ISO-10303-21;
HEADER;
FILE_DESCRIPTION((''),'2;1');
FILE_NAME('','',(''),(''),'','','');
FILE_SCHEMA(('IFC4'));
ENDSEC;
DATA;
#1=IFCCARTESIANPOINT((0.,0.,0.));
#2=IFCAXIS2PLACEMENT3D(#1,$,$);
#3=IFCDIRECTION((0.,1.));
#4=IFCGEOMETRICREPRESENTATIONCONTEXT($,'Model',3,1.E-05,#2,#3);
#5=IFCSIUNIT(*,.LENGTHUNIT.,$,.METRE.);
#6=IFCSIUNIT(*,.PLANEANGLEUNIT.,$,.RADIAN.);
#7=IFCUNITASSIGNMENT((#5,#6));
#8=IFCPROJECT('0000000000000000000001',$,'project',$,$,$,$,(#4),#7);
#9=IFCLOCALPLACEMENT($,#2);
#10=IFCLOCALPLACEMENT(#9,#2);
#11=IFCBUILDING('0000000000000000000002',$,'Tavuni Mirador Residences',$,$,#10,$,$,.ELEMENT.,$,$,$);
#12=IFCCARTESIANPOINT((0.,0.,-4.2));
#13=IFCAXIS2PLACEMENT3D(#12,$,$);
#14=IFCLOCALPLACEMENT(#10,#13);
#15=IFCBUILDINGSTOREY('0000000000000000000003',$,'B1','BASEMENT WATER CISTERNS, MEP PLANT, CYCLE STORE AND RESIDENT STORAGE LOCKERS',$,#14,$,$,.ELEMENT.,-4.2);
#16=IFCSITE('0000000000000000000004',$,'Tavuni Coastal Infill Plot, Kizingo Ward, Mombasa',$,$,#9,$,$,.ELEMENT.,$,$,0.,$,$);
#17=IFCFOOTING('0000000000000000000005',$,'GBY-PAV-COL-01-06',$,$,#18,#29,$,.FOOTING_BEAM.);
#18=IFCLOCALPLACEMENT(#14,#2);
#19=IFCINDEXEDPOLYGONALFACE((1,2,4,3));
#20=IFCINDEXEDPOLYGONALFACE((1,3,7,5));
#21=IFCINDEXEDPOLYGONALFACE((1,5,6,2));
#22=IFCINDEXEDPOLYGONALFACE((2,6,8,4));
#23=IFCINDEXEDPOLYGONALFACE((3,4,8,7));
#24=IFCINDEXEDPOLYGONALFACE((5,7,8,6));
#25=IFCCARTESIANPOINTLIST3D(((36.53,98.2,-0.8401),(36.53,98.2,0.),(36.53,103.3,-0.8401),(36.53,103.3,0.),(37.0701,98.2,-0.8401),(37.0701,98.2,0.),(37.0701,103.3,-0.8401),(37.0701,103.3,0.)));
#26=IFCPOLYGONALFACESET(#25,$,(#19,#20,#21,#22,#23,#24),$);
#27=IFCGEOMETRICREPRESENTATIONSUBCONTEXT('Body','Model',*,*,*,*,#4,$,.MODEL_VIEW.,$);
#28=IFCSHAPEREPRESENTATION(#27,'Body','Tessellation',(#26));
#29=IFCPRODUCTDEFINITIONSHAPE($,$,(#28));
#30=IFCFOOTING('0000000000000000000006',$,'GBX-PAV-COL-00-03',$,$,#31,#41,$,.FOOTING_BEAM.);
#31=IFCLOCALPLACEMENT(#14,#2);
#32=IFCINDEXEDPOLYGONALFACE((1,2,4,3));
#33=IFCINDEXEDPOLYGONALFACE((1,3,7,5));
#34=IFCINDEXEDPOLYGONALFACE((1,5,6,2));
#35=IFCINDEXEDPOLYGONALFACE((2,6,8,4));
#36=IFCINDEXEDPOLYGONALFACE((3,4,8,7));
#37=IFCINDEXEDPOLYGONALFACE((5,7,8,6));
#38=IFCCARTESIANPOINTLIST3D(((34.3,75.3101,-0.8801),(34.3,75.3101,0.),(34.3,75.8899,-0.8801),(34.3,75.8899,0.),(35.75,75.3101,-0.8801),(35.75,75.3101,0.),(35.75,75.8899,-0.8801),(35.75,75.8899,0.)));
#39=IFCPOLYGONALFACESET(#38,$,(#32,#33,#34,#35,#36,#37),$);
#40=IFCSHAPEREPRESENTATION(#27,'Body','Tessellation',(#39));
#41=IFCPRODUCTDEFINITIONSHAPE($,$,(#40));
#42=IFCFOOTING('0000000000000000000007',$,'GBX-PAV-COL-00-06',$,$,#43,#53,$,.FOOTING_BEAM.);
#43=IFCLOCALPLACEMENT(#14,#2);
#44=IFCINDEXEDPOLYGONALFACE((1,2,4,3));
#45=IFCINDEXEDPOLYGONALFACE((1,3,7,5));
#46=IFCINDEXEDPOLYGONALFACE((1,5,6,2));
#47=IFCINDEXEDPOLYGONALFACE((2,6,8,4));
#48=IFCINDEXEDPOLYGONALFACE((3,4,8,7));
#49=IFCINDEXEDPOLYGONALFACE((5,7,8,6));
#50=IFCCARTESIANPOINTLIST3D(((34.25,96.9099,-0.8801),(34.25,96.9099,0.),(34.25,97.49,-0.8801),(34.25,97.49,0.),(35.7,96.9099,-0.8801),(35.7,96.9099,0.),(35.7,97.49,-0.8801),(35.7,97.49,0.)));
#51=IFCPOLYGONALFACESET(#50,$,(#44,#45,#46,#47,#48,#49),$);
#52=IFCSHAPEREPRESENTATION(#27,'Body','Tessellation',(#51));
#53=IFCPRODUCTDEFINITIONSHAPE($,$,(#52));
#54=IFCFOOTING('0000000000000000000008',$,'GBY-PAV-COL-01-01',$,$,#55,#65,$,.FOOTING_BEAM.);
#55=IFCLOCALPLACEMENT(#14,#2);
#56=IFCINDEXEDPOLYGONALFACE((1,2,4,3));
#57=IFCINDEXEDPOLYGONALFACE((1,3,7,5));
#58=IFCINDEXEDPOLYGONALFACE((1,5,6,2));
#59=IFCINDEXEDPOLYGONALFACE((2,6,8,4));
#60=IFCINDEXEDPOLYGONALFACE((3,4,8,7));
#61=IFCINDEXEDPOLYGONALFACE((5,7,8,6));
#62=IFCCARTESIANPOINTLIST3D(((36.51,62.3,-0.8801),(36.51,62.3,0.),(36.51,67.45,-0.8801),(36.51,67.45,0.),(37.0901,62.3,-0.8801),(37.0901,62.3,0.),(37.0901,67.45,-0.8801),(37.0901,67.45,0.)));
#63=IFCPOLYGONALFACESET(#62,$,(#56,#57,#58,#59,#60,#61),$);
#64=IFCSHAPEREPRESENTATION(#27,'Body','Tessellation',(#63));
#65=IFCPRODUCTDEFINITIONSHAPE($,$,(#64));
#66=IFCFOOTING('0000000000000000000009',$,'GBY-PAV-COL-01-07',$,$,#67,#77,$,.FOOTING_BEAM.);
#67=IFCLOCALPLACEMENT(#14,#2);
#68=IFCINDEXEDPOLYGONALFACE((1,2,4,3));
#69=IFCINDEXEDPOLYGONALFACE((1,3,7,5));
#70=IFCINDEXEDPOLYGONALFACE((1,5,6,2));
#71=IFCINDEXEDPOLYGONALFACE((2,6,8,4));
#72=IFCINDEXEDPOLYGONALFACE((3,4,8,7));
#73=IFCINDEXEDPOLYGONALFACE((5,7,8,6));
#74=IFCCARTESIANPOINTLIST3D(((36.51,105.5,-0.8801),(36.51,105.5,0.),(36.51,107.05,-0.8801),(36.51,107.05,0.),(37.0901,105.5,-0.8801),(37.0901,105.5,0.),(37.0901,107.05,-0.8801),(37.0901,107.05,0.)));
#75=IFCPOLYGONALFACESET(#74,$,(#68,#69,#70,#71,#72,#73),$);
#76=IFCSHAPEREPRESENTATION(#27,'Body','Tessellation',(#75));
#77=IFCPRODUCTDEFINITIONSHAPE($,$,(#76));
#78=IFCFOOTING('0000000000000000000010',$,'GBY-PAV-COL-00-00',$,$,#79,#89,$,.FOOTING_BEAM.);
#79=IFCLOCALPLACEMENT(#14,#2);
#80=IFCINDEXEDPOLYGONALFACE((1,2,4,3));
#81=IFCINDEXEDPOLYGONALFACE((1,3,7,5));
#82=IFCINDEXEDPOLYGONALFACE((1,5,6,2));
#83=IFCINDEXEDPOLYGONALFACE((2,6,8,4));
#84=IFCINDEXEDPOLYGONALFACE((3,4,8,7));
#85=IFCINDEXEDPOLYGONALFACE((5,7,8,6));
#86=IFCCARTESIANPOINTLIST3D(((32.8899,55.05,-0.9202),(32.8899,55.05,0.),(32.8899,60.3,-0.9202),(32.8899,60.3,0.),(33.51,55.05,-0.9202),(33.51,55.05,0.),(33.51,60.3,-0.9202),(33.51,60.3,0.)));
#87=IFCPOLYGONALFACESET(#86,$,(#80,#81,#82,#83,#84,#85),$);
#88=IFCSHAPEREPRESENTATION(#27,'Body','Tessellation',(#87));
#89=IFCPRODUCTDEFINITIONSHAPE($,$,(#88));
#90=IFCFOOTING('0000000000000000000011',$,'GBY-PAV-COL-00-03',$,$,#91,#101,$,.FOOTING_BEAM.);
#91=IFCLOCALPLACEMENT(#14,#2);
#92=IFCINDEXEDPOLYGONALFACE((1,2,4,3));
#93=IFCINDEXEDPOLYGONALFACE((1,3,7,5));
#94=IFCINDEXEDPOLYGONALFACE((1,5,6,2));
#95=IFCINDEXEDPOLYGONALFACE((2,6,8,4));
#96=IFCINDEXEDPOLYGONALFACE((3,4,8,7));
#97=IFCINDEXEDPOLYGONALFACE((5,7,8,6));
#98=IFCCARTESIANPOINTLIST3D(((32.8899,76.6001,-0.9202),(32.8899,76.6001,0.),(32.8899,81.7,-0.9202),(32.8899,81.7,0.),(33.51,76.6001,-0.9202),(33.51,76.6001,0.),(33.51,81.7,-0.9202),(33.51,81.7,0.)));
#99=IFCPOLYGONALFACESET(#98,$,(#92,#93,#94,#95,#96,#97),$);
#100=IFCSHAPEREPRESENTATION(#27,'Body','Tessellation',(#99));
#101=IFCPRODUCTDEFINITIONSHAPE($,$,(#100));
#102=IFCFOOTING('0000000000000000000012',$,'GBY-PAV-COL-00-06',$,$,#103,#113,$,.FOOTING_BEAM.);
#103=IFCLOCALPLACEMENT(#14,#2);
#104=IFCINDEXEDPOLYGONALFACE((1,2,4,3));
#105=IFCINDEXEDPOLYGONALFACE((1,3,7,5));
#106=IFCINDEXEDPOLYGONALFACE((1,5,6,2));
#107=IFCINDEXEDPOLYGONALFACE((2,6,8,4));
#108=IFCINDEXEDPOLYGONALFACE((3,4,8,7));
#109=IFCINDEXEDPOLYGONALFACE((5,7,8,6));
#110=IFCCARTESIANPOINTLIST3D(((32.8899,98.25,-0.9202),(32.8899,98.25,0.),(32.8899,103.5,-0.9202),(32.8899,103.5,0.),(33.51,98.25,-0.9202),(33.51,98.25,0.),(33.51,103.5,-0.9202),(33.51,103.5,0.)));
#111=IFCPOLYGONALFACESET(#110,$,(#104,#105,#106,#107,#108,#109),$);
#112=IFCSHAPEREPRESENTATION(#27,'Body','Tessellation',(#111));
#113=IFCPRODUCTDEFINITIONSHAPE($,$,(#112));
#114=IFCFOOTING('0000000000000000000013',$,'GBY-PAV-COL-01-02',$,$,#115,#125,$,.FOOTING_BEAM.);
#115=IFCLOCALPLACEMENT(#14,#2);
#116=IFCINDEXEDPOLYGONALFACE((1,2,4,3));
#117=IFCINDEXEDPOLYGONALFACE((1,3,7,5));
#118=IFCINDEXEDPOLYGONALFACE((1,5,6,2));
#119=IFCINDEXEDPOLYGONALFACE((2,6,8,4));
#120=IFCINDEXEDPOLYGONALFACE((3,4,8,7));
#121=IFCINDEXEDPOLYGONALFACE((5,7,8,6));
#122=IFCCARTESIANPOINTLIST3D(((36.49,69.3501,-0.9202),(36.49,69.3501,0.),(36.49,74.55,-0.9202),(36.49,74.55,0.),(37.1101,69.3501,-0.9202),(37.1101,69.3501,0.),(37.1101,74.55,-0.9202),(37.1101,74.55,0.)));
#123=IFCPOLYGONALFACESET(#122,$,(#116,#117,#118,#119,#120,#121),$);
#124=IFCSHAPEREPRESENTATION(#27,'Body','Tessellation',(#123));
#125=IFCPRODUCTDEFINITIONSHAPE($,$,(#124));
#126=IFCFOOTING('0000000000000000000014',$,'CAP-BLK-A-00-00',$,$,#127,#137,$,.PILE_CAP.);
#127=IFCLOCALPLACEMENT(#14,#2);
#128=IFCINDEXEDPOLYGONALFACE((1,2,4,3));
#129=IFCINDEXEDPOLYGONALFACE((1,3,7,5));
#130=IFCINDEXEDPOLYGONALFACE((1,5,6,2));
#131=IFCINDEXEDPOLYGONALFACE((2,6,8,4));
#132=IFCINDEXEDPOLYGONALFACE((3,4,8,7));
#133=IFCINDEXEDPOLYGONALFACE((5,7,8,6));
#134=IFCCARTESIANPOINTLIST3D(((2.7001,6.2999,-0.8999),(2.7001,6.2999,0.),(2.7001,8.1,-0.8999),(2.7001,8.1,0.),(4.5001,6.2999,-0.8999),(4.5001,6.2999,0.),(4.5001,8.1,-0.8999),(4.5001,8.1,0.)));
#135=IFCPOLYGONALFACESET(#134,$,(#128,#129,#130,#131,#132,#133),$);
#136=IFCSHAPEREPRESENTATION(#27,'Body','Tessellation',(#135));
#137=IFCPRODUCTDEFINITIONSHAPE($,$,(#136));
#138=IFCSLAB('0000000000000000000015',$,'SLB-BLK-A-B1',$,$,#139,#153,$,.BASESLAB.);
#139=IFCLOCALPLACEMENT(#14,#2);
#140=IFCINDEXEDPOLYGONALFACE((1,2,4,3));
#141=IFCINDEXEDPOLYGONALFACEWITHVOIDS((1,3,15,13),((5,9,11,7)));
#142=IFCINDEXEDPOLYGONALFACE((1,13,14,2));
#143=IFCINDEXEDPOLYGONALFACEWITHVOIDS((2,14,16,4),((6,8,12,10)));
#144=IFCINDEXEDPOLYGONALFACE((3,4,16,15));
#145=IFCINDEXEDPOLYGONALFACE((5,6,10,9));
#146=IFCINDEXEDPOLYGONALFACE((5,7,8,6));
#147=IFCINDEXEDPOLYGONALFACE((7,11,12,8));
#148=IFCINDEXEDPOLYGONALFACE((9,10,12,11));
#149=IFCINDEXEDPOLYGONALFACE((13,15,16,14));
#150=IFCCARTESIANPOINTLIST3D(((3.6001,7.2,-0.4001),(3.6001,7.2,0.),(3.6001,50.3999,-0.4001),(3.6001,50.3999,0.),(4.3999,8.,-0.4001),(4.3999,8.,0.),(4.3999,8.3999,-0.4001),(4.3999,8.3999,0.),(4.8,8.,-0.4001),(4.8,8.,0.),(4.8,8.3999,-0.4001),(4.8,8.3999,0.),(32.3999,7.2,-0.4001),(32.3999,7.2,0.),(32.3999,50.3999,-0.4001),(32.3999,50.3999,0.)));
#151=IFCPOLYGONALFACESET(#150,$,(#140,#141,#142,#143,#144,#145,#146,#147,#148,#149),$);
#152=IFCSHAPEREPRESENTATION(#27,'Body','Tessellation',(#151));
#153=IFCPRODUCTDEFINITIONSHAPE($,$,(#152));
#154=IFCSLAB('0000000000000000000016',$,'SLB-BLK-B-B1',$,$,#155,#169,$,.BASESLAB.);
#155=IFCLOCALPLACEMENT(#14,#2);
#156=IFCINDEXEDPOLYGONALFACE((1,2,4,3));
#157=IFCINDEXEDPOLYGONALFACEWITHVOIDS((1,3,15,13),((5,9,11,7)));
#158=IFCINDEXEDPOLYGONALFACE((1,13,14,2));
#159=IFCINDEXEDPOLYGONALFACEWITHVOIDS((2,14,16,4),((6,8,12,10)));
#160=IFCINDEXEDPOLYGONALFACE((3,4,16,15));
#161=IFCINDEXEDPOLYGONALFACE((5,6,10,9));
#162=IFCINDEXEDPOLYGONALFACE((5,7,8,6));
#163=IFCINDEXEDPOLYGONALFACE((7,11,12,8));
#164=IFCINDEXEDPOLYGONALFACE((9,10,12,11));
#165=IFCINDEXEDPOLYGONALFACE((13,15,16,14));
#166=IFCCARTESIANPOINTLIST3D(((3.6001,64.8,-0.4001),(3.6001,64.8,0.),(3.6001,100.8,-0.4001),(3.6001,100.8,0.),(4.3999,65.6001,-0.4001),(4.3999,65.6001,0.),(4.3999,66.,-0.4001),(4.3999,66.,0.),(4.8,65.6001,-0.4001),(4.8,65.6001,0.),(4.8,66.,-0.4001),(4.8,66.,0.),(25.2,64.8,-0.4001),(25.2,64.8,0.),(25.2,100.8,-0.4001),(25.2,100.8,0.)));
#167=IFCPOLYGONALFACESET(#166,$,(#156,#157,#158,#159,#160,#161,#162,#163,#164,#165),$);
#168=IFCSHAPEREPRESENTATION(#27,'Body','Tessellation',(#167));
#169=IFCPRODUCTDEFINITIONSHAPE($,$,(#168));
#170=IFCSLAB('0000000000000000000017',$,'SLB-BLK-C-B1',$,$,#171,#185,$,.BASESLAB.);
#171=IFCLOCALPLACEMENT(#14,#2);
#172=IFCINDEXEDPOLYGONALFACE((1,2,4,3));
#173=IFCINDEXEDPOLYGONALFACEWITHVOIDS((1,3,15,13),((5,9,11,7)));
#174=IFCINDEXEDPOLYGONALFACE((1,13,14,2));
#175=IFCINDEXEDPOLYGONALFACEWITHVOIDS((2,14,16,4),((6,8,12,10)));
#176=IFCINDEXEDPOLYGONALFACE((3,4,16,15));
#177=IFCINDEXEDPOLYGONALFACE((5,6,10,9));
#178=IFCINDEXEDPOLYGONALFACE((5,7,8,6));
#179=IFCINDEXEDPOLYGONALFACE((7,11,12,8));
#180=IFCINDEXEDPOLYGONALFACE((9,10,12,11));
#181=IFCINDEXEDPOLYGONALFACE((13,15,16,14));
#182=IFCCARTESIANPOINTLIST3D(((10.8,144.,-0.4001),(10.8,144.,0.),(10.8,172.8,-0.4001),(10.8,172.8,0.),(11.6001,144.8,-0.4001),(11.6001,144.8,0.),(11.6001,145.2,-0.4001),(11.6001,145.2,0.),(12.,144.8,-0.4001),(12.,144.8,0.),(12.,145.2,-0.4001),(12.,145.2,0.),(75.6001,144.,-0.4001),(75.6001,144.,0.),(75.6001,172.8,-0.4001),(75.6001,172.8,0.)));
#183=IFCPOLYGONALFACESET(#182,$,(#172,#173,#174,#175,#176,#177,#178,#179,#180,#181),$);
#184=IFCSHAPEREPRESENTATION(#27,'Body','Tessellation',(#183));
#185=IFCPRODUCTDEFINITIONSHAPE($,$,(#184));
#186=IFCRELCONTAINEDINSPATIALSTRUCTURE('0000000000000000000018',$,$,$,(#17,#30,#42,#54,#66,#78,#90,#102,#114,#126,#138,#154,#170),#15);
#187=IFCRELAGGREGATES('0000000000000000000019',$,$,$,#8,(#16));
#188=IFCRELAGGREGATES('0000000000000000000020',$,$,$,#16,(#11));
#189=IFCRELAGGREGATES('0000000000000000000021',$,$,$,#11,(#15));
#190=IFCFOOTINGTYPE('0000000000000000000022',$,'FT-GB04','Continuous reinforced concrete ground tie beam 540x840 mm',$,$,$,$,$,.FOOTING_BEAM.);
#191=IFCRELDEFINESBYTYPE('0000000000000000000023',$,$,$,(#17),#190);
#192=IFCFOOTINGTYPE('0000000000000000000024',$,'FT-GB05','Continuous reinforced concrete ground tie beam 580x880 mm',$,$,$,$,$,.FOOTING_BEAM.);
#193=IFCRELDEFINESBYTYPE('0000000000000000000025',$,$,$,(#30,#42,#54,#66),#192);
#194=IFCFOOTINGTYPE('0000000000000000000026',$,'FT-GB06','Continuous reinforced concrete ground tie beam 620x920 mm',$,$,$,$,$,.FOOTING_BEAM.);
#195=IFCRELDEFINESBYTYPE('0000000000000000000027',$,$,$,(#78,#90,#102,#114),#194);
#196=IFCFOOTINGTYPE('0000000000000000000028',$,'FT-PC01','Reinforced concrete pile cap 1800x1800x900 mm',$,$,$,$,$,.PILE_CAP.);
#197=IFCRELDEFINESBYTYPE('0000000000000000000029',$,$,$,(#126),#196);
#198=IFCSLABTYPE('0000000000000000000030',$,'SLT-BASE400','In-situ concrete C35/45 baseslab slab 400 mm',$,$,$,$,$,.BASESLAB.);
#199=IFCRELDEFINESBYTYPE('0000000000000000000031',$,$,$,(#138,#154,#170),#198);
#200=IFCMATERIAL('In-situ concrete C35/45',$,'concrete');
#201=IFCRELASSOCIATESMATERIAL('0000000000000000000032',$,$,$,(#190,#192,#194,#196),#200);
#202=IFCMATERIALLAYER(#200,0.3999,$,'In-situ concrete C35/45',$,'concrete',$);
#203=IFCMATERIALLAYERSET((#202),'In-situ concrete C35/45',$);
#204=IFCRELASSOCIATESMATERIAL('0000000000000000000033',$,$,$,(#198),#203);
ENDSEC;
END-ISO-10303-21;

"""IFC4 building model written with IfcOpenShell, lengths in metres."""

from ifc_helpers import new_model, si_unit, direction, frame, origin, origin_2d, place, context, subcontext, project, spatial, polyline, rectangle, outline, extrude, material, layer, layer_set, type_object, element, save


model = new_model("IFC4")

# Units and contexts
model_context = context("Model", 3, precision=1e-05, world=origin(), true_north=direction((0.0, 1.0)))
body_context = subcontext(model_context, "Body", "Model", "MODEL_VIEW")
ifc_project = project(units=[si_unit("LENGTHUNIT", "METRE"), si_unit("PLANEANGLEUNIT", "RADIAN")], contexts=[model_context])

# Site, building, storey
site_placement = place(None, origin())
site = spatial("IfcSite", under=ifc_project, at=site_placement, Name="Tavuni Coastal Infill Plot, Kizingo Ward, Mombasa", CompositionType="ELEMENT", RefElevation=0.0)
building_placement = place(site_placement, origin())
building = spatial("IfcBuilding", under=site, at=building_placement, Name="Tavuni Mirador Residences", CompositionType="ELEMENT")
storey_placement = place(building_placement, frame((0.0, 0.0, -4.2)))
storey = spatial("IfcBuildingStorey", under=building, at=storey_placement, Name="B1", Description="BASEMENT WATER CISTERNS, MEP PLANT, CYCLE STORE AND RESIDENT STORAGE LOCKERS", CompositionType="ELEMENT", Elevation=-4.2)

# Footings
ifc_material_1 = material(Name="In-situ concrete C35/45", Category="concrete")
footing_type_1 = type_object("IfcFootingType", Name="FT-GB04", Description="Continuous reinforced concrete ground tie beam 540x840 mm", PredefinedType="FOOTING_BEAM", material=ifc_material_1)
footing_1_placement = place(storey_placement, frame((0.0, 0.0, -0.8401)))
element("IfcFooting", 1, at=footing_1_placement, inside=storey, type_object=footing_type_1, Name="GBY-PAV-COL-01-06", PredefinedType="FOOTING_BEAM", context=body_context, shape_type="SweptSolid", body=[
    extrude(outline(polyline([(36.53, 98.2), (37.0701, 98.2), (37.0701, 103.3), (36.53, 103.3), (36.53, 98.2)])), origin(), (0.0, 0.0, 1.0), 0.8401),
])
footing_type_2 = type_object("IfcFootingType", Name="FT-GB05", Description="Continuous reinforced concrete ground tie beam 580x880 mm", PredefinedType="FOOTING_BEAM", material=ifc_material_1)
footing_2_placement = place(storey_placement, frame((0.0, 0.0, -0.8801)))
element("IfcFooting", 2, at=footing_2_placement, inside=storey, type_object=footing_type_2, Name="GBX-PAV-COL-00-03", PredefinedType="FOOTING_BEAM", context=body_context, shape_type="SweptSolid", body=[
    extrude(outline(polyline([(34.3, 75.3101), (35.75, 75.3101), (35.75, 75.8899), (34.3, 75.8899), (34.3, 75.3101)])), origin(), (0.0, 0.0, 1.0), 0.8801),
])
footing_3_placement = place(storey_placement, frame((0.0, 0.0, -0.8801)))
element("IfcFooting", 3, at=footing_3_placement, inside=storey, type_object=footing_type_2, Name="GBX-PAV-COL-00-06", PredefinedType="FOOTING_BEAM", context=body_context, shape_type="SweptSolid", body=[
    extrude(outline(polyline([(34.25, 96.9099), (35.7, 96.9099), (35.7, 97.49), (34.25, 97.49), (34.25, 96.9099)])), origin(), (0.0, 0.0, 1.0), 0.8801),
])
footing_4_placement = place(storey_placement, frame((0.0, 0.0, -0.8801)))
element("IfcFooting", 4, at=footing_4_placement, inside=storey, type_object=footing_type_2, Name="GBY-PAV-COL-01-01", PredefinedType="FOOTING_BEAM", context=body_context, shape_type="SweptSolid", body=[
    extrude(outline(polyline([(36.51, 62.3), (37.0901, 62.3), (37.0901, 67.45), (36.51, 67.45), (36.51, 62.3)])), origin(), (0.0, 0.0, 1.0), 0.8801),
])
footing_5_placement = place(storey_placement, frame((0.0, 0.0, -0.8801)))
element("IfcFooting", 5, at=footing_5_placement, inside=storey, type_object=footing_type_2, Name="GBY-PAV-COL-01-07", PredefinedType="FOOTING_BEAM", context=body_context, shape_type="SweptSolid", body=[
    extrude(outline(polyline([(36.51, 105.5), (37.0901, 105.5), (37.0901, 107.05), (36.51, 107.05), (36.51, 105.5)])), origin(), (0.0, 0.0, 1.0), 0.8801),
])
footing_type_3 = type_object("IfcFootingType", Name="FT-GB06", Description="Continuous reinforced concrete ground tie beam 620x920 mm", PredefinedType="FOOTING_BEAM", material=ifc_material_1)
footing_6_placement = place(storey_placement, frame((0.0, 0.0, -0.9202)))
element("IfcFooting", 6, at=footing_6_placement, inside=storey, type_object=footing_type_3, Name="GBY-PAV-COL-00-00", PredefinedType="FOOTING_BEAM", context=body_context, shape_type="SweptSolid", body=[
    extrude(outline(polyline([(32.8899, 55.05), (33.51, 55.05), (33.51, 60.3), (32.8899, 60.3), (32.8899, 55.05)])), origin(), (0.0, 0.0, 1.0), 0.9202),
])
footing_7_placement = place(storey_placement, frame((0.0, 0.0, -0.9202)))
element("IfcFooting", 7, at=footing_7_placement, inside=storey, type_object=footing_type_3, Name="GBY-PAV-COL-00-03", PredefinedType="FOOTING_BEAM", context=body_context, shape_type="SweptSolid", body=[
    extrude(outline(polyline([(32.8899, 76.6001), (33.51, 76.6001), (33.51, 81.7), (32.8899, 81.7), (32.8899, 76.6001)])), origin(), (0.0, 0.0, 1.0), 0.9202),
])
footing_8_placement = place(storey_placement, frame((0.0, 0.0, -0.9202)))
element("IfcFooting", 8, at=footing_8_placement, inside=storey, type_object=footing_type_3, Name="GBY-PAV-COL-00-06", PredefinedType="FOOTING_BEAM", context=body_context, shape_type="SweptSolid", body=[
    extrude(outline(polyline([(32.8899, 98.25), (33.51, 98.25), (33.51, 103.5), (32.8899, 103.5), (32.8899, 98.25)])), origin(), (0.0, 0.0, 1.0), 0.9202),
])
footing_9_placement = place(storey_placement, frame((0.0, 0.0, -0.9202)))
element("IfcFooting", 9, at=footing_9_placement, inside=storey, type_object=footing_type_3, Name="GBY-PAV-COL-01-02", PredefinedType="FOOTING_BEAM", context=body_context, shape_type="SweptSolid", body=[
    extrude(outline(polyline([(36.49, 69.3501), (37.1101, 69.3501), (37.1101, 74.55), (36.49, 74.55), (36.49, 69.3501)])), origin(), (0.0, 0.0, 1.0), 0.9202),
])
footing_type_4 = type_object("IfcFootingType", Name="FT-PC01", Description="Reinforced concrete pile cap 1800x1800x900 mm", PredefinedType="PILE_CAP", material=ifc_material_1)
footing_10_placement = place(storey_placement, frame((3.6001, 7.2, -0.8999), z_axis=(0.0, 0.0, 1.0), x_axis=(1.0, 0.0, 0.0)))
element("IfcFooting", 10, at=footing_10_placement, inside=storey, type_object=footing_type_4, Name="CAP-BLK-A-00-00", PredefinedType="PILE_CAP", context=body_context, shape_type="SweptSolid", body=[
    extrude(rectangle(XDim=1.8, YDim=1.8, at=origin_2d()), origin(), (0.0, 0.0, 1.0), 0.8999),
])

# Slabs
ifc_layer_1 = layer(ifc_material_1, 0.3999, Name="In-situ concrete C35/45", Category="concrete")
ifc_layer_set_1 = layer_set([ifc_layer_1], Name="In-situ concrete C35/45")
slab_type_1 = type_object("IfcSlabType", Name="SLT-BASE400", Description="In-situ concrete C35/45 baseslab slab 400 mm", PredefinedType="BASESLAB", material=ifc_layer_set_1)
slab_1_placement = place(storey_placement, frame((0.0, 0.0, -0.4001)))
element("IfcSlab", 11, at=slab_1_placement, inside=storey, type_object=slab_type_1, Name="SLB-BLK-A-B1", PredefinedType="BASESLAB", context=body_context, shape_type="SweptSolid", body=[
    extrude(outline(polyline([(3.6001, 7.2), (32.3999, 7.2), (32.3999, 50.3999), (3.6001, 50.3999), (3.6001, 7.2)]), holes=[polyline([(4.3999, 8.0), (4.8, 8.0), (4.8, 8.3999), (4.3999, 8.3999), (4.3999, 8.0)])]), origin(), (0.0, 0.0, 1.0), 0.4001),
])
slab_2_placement = place(storey_placement, frame((0.0, 0.0, -0.4001)))
element("IfcSlab", 12, at=slab_2_placement, inside=storey, type_object=slab_type_1, Name="SLB-BLK-B-B1", PredefinedType="BASESLAB", context=body_context, shape_type="SweptSolid", body=[
    extrude(outline(polyline([(3.6001, 64.8), (25.2, 64.8), (25.2, 100.8), (3.6001, 100.8), (3.6001, 64.8)]), holes=[polyline([(4.3999, 65.6001), (4.8, 65.6001), (4.8, 66.0), (4.3999, 66.0), (4.3999, 65.6001)])]), origin(), (0.0, 0.0, 1.0), 0.4001),
])
slab_3_placement = place(storey_placement, frame((0.0, 0.0, -0.4001)))
element("IfcSlab", 13, at=slab_3_placement, inside=storey, type_object=slab_type_1, Name="SLB-BLK-C-B1", PredefinedType="BASESLAB", context=body_context, shape_type="SweptSolid", body=[
    extrude(outline(polyline([(10.8, 144.0), (75.6001, 144.0), (75.6001, 172.8), (10.8, 172.8), (10.8, 144.0)]), holes=[polyline([(11.6001, 144.8), (12.0, 144.8), (12.0, 145.2), (11.6001, 145.2), (11.6001, 144.8)])]), origin(), (0.0, 0.0, 1.0), 0.4001),
])

save(model, "model.ifc")
